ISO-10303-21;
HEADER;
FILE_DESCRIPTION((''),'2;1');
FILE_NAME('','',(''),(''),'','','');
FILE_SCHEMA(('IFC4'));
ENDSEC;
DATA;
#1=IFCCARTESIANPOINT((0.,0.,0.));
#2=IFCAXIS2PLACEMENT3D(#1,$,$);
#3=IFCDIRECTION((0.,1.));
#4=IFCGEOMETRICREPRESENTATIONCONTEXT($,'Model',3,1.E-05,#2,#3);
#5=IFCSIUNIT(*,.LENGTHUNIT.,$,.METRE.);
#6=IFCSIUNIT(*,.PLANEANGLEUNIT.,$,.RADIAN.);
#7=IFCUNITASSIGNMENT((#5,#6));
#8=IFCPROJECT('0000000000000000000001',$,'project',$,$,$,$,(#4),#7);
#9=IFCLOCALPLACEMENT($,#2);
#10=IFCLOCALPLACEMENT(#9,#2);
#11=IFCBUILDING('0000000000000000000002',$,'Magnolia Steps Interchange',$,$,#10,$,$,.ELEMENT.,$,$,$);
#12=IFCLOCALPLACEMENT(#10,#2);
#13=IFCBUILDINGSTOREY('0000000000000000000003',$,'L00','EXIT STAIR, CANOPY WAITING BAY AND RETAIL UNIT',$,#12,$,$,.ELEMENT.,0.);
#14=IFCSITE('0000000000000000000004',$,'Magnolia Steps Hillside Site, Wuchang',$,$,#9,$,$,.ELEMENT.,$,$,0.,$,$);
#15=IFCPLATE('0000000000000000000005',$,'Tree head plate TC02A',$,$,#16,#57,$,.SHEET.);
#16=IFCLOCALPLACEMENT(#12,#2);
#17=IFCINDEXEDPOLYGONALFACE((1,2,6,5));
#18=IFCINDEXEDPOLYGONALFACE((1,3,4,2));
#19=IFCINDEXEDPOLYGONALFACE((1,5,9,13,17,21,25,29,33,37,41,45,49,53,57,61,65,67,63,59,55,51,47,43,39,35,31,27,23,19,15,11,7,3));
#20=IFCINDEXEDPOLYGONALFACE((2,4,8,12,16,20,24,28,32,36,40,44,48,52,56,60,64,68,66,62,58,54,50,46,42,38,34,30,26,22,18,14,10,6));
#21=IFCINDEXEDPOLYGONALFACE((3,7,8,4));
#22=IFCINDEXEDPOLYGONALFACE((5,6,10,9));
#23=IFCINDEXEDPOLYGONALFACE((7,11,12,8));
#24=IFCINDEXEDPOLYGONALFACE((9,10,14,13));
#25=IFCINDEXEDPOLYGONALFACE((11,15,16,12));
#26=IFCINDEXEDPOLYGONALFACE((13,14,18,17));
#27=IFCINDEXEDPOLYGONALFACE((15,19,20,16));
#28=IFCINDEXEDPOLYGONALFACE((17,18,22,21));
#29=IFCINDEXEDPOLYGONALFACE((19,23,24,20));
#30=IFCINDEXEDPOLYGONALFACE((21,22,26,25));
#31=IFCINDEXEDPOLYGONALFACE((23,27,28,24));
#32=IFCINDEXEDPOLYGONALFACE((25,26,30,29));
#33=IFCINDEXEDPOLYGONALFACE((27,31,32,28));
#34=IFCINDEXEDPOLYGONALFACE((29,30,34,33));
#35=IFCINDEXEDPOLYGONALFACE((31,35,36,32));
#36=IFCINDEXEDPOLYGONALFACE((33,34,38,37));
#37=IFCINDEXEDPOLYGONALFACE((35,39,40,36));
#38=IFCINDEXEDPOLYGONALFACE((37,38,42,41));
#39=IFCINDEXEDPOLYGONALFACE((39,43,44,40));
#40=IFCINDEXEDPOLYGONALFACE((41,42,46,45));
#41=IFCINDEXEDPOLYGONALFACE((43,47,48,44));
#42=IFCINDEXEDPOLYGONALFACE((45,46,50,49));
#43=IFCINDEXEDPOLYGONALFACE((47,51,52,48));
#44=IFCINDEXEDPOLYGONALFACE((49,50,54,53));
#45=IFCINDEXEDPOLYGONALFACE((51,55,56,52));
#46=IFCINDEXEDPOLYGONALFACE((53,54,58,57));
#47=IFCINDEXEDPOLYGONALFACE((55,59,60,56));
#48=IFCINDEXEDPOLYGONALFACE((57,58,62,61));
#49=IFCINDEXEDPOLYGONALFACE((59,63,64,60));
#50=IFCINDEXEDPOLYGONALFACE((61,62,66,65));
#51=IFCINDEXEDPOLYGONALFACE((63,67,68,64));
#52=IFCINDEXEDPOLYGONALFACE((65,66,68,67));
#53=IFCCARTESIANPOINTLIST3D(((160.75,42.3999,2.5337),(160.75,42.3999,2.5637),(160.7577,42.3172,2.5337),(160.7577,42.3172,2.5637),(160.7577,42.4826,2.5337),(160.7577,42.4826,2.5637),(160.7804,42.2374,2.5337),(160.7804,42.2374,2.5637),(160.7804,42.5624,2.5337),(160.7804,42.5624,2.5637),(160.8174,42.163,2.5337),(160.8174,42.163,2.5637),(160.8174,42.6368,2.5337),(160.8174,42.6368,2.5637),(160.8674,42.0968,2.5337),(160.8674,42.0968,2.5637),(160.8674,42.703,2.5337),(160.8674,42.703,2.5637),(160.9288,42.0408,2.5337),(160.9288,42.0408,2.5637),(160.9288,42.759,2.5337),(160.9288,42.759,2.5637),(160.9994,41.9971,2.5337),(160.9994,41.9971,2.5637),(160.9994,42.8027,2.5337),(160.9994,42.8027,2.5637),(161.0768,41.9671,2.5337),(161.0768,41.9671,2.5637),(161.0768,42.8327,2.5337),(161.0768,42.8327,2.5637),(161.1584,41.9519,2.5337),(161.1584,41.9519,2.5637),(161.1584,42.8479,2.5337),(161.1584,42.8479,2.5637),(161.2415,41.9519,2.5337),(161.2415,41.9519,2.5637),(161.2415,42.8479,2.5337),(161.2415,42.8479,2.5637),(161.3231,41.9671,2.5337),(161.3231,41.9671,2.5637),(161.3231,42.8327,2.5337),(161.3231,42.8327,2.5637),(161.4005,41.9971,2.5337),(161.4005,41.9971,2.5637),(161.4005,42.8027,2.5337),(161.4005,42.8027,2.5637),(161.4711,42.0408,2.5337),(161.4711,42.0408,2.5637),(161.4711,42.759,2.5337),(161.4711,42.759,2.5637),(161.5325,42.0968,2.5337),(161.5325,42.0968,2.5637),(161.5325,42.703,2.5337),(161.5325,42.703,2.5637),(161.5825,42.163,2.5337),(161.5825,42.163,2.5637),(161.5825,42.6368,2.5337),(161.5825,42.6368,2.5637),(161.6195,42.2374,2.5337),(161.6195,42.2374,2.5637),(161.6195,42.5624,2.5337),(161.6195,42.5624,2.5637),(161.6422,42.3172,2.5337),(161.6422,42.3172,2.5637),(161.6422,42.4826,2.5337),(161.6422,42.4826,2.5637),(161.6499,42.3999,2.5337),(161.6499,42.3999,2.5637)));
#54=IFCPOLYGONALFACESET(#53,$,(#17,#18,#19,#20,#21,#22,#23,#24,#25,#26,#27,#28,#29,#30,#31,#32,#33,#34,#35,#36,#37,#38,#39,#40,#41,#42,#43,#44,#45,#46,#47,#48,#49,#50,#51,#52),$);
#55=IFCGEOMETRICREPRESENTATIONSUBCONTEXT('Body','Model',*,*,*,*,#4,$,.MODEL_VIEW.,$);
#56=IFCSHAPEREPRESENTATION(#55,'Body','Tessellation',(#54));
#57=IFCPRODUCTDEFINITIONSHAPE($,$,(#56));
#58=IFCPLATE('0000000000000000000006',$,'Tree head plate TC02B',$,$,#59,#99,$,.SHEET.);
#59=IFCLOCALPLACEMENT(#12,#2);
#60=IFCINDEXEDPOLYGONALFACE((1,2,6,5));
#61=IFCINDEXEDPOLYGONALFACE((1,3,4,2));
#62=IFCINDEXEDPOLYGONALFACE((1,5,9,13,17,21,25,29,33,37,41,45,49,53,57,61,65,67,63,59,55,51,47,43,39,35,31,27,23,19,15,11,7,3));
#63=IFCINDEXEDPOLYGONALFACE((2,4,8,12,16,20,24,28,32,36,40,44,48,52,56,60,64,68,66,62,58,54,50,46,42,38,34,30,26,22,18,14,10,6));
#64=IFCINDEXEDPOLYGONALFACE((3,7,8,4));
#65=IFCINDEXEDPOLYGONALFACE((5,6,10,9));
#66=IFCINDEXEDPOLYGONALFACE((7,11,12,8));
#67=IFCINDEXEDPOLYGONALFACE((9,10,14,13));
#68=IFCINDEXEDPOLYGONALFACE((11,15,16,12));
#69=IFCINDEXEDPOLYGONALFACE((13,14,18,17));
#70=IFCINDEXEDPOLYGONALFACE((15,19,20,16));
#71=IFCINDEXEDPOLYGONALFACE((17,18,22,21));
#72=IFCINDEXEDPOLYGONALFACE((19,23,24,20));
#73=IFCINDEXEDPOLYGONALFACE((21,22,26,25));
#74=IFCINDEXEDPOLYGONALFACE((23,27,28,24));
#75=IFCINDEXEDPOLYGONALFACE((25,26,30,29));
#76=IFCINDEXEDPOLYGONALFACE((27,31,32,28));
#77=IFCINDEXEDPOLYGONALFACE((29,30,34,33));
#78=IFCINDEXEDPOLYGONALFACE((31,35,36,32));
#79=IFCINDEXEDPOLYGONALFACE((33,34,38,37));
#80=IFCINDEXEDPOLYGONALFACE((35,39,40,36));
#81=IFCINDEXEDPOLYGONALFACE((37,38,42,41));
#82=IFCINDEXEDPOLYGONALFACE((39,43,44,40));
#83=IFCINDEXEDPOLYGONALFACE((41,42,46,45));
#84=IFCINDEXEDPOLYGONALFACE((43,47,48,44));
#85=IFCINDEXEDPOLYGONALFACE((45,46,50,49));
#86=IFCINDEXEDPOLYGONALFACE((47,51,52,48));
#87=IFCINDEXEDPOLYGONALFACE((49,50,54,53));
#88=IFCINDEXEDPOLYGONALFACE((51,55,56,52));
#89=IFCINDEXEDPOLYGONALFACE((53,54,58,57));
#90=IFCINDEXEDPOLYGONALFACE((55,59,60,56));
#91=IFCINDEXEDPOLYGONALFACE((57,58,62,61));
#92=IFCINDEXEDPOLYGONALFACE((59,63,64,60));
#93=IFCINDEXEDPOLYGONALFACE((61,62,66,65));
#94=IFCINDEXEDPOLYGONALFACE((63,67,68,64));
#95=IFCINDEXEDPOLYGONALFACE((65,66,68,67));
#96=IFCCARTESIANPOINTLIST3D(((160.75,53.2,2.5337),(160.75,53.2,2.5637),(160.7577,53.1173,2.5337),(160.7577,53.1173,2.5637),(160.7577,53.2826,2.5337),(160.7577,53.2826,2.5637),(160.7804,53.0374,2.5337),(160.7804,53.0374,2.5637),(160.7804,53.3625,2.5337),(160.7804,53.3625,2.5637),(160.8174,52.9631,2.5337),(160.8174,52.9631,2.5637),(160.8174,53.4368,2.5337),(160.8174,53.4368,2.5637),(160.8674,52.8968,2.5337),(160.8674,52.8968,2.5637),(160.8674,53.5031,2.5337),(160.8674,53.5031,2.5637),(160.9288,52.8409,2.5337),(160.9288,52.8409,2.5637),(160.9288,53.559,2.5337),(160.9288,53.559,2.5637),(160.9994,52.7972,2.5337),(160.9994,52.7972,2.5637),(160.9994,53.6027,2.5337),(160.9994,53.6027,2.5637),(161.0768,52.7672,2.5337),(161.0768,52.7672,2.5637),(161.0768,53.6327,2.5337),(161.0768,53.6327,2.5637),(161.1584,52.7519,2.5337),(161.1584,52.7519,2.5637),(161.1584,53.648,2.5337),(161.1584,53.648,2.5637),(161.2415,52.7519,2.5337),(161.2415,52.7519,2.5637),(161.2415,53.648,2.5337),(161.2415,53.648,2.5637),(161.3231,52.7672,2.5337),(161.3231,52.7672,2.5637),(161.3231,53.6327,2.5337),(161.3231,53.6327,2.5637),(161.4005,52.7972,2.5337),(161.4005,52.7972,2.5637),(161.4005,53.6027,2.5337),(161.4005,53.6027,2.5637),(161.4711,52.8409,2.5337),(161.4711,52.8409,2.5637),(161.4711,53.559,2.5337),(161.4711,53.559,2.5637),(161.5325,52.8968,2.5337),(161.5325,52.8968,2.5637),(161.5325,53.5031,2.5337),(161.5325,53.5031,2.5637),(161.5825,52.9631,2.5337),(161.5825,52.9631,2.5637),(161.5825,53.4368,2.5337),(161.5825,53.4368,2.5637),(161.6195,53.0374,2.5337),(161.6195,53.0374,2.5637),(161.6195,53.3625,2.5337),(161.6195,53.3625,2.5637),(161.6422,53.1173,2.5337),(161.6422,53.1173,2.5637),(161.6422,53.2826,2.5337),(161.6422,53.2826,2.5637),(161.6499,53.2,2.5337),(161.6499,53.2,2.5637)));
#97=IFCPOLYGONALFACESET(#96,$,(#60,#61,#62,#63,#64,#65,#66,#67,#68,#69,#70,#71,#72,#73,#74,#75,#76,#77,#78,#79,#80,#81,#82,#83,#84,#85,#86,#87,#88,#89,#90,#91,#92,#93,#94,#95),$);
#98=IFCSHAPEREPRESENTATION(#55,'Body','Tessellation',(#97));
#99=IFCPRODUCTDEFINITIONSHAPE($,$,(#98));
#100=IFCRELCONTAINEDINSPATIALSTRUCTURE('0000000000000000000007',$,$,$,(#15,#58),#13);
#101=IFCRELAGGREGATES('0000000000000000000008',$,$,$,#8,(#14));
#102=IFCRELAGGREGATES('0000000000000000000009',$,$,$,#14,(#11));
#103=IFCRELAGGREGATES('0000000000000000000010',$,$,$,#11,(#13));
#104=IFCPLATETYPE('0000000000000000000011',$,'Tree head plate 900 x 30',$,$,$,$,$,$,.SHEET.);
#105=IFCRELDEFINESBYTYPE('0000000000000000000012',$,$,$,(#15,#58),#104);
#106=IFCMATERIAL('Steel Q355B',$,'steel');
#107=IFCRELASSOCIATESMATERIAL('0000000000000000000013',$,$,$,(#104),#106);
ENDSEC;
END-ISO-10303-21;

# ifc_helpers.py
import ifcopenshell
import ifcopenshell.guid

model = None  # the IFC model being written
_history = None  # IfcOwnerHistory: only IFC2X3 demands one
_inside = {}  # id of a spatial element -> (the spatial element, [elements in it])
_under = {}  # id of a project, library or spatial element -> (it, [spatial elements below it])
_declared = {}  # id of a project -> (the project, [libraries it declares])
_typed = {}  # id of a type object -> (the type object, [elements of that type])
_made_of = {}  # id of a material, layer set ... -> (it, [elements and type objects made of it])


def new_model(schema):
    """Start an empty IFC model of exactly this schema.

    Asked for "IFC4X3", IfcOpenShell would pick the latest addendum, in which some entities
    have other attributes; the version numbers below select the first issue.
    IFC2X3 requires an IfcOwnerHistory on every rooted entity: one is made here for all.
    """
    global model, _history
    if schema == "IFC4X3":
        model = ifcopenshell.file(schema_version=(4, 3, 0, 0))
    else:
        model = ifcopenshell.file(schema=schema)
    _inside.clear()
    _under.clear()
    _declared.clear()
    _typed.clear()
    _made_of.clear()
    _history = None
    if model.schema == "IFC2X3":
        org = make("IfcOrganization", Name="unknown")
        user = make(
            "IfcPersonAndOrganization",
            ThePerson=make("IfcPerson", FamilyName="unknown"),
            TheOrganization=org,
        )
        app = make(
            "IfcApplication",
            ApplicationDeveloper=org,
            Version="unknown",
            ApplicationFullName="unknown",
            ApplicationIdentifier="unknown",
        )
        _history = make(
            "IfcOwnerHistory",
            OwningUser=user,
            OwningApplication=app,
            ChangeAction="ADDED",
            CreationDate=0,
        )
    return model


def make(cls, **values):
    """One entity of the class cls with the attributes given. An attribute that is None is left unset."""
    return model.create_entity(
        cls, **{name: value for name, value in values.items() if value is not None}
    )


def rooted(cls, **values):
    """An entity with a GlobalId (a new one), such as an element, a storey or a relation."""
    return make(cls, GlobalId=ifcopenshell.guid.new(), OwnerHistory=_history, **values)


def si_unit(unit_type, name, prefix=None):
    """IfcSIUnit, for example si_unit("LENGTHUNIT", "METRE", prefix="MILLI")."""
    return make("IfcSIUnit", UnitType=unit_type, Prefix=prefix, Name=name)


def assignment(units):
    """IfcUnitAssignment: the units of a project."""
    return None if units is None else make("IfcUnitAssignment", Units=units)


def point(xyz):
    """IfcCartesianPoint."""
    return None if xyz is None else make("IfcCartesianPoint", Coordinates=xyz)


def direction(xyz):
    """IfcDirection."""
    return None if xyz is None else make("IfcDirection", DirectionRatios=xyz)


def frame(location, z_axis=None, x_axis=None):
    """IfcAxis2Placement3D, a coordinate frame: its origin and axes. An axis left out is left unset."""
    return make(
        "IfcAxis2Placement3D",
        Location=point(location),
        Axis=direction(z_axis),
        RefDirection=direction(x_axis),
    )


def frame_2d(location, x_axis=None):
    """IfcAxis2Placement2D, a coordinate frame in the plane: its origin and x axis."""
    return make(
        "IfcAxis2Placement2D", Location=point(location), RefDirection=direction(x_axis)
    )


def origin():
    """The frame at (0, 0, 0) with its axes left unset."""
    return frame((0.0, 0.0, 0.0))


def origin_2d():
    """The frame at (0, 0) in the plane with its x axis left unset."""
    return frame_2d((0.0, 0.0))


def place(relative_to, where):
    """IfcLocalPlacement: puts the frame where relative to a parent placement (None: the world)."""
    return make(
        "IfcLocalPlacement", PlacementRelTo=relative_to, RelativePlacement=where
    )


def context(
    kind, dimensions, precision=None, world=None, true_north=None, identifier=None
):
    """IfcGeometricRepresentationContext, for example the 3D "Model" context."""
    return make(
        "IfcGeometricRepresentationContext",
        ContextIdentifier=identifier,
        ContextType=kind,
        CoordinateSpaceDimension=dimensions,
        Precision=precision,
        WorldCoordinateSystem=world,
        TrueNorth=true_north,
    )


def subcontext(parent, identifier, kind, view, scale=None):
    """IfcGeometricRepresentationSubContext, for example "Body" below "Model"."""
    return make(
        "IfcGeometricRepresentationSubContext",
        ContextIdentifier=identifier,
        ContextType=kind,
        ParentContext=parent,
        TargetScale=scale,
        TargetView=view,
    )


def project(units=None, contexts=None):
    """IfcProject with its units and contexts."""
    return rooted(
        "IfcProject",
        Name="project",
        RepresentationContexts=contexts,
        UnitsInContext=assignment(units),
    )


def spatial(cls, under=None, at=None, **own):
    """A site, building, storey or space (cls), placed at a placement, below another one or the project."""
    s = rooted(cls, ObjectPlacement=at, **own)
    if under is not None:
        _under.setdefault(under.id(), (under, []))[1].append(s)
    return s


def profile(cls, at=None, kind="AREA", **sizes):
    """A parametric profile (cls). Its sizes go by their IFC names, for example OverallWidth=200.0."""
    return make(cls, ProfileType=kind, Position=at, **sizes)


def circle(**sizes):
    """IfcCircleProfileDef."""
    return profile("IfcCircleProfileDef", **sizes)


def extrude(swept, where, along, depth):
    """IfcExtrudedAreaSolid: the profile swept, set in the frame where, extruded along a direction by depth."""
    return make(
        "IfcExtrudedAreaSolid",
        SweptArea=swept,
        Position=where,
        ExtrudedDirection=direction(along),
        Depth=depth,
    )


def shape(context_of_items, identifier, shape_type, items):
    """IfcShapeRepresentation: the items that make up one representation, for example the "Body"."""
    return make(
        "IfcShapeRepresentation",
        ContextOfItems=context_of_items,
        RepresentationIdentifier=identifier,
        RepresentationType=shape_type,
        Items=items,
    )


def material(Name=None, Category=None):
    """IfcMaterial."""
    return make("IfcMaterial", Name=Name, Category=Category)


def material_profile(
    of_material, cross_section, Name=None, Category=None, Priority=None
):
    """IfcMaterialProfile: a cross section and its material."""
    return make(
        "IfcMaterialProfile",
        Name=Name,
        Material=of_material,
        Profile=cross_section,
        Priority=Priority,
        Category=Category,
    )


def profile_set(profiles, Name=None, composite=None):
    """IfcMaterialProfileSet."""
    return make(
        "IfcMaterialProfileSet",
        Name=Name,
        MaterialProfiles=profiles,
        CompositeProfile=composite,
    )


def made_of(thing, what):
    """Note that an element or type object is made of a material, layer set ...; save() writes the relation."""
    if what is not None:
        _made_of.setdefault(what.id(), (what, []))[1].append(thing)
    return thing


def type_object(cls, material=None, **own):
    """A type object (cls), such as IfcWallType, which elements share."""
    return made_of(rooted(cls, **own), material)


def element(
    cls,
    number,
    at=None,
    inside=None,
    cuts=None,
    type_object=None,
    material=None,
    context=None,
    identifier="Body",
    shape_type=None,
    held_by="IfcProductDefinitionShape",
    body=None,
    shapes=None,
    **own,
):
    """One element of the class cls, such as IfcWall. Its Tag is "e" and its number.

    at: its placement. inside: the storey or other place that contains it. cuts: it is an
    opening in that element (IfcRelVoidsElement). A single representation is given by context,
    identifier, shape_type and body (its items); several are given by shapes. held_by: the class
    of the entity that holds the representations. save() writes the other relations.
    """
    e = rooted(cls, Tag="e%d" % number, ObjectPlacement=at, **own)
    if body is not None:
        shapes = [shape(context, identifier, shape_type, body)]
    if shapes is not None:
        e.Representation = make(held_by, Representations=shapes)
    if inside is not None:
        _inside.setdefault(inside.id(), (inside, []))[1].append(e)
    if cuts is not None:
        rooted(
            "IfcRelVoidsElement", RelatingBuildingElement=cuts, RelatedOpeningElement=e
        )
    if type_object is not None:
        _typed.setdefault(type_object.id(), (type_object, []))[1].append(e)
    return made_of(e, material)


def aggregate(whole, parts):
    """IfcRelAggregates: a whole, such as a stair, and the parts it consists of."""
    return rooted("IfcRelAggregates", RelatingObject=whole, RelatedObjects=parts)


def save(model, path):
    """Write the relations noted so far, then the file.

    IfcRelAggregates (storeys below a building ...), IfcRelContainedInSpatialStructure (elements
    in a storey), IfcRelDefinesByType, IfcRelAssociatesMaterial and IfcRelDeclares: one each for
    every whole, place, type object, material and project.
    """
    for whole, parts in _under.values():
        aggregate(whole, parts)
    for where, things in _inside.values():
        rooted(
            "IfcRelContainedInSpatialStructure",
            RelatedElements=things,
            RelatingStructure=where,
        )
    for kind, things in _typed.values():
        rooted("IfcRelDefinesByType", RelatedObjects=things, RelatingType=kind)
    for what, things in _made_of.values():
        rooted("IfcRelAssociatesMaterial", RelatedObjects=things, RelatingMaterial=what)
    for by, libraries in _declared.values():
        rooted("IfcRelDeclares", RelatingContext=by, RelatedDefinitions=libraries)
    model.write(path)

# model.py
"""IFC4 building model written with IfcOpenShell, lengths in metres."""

from ifc_helpers import new_model, si_unit, direction, frame, origin, origin_2d, place, context, subcontext, project, spatial, circle, extrude, material, material_profile, profile_set, type_object, element, save


model = new_model("IFC4")

# Units and contexts
model_context = context("Model", 3, precision=1e-05, world=origin(), true_north=direction((0.0, 1.0)))
body_context = subcontext(model_context, "Body", "Model", "MODEL_VIEW")
ifc_project = project(units=[si_unit("LENGTHUNIT", "METRE"), si_unit("PLANEANGLEUNIT", "RADIAN")], contexts=[model_context])

# Site, building, storey
site_placement = place(None, origin())
site = spatial("IfcSite", under=ifc_project, at=site_placement, Name="Magnolia Steps Hillside Site, Wuchang", CompositionType="ELEMENT", RefElevation=0.0)
building_placement = place(site_placement, origin())
building = spatial("IfcBuilding", under=site, at=building_placement, Name="Magnolia Steps Interchange", CompositionType="ELEMENT")
storey_placement = place(building_placement, origin())
storey = spatial("IfcBuildingStorey", under=building, at=storey_placement, Name="L00", Description="EXIT STAIR, CANOPY WAITING BAY AND RETAIL UNIT", CompositionType="ELEMENT", Elevation=0.0)

# Plates
ifc_material_1 = material(Name="Steel Q355B", Category="steel")
ifc_material_profile_1 = material_profile(ifc_material_1, circle(Radius=0.45, at=origin_2d()), Name="Tree head plate 900 x 30")
ifc_profile_set_1 = profile_set([ifc_material_profile_1], Name="Steel Q355B")
plate_type = type_object("IfcPlateType", Name="Tree head plate 900 x 30", PredefinedType="SHEET", material=ifc_profile_set_1)
for number, where, z_axis, x_axis, name in (
    (1, (161.2, 42.3999, 2.5337), (0.0, 0.0, 1.0), (1.0, 0.0, 0.0), "Tree head plate TC02A"),
    (2, (161.2, 53.2, 2.5337), (0.0, 0.0, 1.0), (1.0, 0.0, 0.0), "Tree head plate TC02B"),
):
    element("IfcPlate", number, at=place(storey_placement, frame(where, z_axis=z_axis, x_axis=x_axis)), inside=storey, type_object=plate_type, Name=name, PredefinedType="SHEET", context=body_context, shape_type="SweptSolid", body=[
        extrude(circle(Radius=0.45, at=origin_2d()), origin(), (0.0, 0.0, 1.0), 0.03),
    ])

save(model, "model.ifc")
